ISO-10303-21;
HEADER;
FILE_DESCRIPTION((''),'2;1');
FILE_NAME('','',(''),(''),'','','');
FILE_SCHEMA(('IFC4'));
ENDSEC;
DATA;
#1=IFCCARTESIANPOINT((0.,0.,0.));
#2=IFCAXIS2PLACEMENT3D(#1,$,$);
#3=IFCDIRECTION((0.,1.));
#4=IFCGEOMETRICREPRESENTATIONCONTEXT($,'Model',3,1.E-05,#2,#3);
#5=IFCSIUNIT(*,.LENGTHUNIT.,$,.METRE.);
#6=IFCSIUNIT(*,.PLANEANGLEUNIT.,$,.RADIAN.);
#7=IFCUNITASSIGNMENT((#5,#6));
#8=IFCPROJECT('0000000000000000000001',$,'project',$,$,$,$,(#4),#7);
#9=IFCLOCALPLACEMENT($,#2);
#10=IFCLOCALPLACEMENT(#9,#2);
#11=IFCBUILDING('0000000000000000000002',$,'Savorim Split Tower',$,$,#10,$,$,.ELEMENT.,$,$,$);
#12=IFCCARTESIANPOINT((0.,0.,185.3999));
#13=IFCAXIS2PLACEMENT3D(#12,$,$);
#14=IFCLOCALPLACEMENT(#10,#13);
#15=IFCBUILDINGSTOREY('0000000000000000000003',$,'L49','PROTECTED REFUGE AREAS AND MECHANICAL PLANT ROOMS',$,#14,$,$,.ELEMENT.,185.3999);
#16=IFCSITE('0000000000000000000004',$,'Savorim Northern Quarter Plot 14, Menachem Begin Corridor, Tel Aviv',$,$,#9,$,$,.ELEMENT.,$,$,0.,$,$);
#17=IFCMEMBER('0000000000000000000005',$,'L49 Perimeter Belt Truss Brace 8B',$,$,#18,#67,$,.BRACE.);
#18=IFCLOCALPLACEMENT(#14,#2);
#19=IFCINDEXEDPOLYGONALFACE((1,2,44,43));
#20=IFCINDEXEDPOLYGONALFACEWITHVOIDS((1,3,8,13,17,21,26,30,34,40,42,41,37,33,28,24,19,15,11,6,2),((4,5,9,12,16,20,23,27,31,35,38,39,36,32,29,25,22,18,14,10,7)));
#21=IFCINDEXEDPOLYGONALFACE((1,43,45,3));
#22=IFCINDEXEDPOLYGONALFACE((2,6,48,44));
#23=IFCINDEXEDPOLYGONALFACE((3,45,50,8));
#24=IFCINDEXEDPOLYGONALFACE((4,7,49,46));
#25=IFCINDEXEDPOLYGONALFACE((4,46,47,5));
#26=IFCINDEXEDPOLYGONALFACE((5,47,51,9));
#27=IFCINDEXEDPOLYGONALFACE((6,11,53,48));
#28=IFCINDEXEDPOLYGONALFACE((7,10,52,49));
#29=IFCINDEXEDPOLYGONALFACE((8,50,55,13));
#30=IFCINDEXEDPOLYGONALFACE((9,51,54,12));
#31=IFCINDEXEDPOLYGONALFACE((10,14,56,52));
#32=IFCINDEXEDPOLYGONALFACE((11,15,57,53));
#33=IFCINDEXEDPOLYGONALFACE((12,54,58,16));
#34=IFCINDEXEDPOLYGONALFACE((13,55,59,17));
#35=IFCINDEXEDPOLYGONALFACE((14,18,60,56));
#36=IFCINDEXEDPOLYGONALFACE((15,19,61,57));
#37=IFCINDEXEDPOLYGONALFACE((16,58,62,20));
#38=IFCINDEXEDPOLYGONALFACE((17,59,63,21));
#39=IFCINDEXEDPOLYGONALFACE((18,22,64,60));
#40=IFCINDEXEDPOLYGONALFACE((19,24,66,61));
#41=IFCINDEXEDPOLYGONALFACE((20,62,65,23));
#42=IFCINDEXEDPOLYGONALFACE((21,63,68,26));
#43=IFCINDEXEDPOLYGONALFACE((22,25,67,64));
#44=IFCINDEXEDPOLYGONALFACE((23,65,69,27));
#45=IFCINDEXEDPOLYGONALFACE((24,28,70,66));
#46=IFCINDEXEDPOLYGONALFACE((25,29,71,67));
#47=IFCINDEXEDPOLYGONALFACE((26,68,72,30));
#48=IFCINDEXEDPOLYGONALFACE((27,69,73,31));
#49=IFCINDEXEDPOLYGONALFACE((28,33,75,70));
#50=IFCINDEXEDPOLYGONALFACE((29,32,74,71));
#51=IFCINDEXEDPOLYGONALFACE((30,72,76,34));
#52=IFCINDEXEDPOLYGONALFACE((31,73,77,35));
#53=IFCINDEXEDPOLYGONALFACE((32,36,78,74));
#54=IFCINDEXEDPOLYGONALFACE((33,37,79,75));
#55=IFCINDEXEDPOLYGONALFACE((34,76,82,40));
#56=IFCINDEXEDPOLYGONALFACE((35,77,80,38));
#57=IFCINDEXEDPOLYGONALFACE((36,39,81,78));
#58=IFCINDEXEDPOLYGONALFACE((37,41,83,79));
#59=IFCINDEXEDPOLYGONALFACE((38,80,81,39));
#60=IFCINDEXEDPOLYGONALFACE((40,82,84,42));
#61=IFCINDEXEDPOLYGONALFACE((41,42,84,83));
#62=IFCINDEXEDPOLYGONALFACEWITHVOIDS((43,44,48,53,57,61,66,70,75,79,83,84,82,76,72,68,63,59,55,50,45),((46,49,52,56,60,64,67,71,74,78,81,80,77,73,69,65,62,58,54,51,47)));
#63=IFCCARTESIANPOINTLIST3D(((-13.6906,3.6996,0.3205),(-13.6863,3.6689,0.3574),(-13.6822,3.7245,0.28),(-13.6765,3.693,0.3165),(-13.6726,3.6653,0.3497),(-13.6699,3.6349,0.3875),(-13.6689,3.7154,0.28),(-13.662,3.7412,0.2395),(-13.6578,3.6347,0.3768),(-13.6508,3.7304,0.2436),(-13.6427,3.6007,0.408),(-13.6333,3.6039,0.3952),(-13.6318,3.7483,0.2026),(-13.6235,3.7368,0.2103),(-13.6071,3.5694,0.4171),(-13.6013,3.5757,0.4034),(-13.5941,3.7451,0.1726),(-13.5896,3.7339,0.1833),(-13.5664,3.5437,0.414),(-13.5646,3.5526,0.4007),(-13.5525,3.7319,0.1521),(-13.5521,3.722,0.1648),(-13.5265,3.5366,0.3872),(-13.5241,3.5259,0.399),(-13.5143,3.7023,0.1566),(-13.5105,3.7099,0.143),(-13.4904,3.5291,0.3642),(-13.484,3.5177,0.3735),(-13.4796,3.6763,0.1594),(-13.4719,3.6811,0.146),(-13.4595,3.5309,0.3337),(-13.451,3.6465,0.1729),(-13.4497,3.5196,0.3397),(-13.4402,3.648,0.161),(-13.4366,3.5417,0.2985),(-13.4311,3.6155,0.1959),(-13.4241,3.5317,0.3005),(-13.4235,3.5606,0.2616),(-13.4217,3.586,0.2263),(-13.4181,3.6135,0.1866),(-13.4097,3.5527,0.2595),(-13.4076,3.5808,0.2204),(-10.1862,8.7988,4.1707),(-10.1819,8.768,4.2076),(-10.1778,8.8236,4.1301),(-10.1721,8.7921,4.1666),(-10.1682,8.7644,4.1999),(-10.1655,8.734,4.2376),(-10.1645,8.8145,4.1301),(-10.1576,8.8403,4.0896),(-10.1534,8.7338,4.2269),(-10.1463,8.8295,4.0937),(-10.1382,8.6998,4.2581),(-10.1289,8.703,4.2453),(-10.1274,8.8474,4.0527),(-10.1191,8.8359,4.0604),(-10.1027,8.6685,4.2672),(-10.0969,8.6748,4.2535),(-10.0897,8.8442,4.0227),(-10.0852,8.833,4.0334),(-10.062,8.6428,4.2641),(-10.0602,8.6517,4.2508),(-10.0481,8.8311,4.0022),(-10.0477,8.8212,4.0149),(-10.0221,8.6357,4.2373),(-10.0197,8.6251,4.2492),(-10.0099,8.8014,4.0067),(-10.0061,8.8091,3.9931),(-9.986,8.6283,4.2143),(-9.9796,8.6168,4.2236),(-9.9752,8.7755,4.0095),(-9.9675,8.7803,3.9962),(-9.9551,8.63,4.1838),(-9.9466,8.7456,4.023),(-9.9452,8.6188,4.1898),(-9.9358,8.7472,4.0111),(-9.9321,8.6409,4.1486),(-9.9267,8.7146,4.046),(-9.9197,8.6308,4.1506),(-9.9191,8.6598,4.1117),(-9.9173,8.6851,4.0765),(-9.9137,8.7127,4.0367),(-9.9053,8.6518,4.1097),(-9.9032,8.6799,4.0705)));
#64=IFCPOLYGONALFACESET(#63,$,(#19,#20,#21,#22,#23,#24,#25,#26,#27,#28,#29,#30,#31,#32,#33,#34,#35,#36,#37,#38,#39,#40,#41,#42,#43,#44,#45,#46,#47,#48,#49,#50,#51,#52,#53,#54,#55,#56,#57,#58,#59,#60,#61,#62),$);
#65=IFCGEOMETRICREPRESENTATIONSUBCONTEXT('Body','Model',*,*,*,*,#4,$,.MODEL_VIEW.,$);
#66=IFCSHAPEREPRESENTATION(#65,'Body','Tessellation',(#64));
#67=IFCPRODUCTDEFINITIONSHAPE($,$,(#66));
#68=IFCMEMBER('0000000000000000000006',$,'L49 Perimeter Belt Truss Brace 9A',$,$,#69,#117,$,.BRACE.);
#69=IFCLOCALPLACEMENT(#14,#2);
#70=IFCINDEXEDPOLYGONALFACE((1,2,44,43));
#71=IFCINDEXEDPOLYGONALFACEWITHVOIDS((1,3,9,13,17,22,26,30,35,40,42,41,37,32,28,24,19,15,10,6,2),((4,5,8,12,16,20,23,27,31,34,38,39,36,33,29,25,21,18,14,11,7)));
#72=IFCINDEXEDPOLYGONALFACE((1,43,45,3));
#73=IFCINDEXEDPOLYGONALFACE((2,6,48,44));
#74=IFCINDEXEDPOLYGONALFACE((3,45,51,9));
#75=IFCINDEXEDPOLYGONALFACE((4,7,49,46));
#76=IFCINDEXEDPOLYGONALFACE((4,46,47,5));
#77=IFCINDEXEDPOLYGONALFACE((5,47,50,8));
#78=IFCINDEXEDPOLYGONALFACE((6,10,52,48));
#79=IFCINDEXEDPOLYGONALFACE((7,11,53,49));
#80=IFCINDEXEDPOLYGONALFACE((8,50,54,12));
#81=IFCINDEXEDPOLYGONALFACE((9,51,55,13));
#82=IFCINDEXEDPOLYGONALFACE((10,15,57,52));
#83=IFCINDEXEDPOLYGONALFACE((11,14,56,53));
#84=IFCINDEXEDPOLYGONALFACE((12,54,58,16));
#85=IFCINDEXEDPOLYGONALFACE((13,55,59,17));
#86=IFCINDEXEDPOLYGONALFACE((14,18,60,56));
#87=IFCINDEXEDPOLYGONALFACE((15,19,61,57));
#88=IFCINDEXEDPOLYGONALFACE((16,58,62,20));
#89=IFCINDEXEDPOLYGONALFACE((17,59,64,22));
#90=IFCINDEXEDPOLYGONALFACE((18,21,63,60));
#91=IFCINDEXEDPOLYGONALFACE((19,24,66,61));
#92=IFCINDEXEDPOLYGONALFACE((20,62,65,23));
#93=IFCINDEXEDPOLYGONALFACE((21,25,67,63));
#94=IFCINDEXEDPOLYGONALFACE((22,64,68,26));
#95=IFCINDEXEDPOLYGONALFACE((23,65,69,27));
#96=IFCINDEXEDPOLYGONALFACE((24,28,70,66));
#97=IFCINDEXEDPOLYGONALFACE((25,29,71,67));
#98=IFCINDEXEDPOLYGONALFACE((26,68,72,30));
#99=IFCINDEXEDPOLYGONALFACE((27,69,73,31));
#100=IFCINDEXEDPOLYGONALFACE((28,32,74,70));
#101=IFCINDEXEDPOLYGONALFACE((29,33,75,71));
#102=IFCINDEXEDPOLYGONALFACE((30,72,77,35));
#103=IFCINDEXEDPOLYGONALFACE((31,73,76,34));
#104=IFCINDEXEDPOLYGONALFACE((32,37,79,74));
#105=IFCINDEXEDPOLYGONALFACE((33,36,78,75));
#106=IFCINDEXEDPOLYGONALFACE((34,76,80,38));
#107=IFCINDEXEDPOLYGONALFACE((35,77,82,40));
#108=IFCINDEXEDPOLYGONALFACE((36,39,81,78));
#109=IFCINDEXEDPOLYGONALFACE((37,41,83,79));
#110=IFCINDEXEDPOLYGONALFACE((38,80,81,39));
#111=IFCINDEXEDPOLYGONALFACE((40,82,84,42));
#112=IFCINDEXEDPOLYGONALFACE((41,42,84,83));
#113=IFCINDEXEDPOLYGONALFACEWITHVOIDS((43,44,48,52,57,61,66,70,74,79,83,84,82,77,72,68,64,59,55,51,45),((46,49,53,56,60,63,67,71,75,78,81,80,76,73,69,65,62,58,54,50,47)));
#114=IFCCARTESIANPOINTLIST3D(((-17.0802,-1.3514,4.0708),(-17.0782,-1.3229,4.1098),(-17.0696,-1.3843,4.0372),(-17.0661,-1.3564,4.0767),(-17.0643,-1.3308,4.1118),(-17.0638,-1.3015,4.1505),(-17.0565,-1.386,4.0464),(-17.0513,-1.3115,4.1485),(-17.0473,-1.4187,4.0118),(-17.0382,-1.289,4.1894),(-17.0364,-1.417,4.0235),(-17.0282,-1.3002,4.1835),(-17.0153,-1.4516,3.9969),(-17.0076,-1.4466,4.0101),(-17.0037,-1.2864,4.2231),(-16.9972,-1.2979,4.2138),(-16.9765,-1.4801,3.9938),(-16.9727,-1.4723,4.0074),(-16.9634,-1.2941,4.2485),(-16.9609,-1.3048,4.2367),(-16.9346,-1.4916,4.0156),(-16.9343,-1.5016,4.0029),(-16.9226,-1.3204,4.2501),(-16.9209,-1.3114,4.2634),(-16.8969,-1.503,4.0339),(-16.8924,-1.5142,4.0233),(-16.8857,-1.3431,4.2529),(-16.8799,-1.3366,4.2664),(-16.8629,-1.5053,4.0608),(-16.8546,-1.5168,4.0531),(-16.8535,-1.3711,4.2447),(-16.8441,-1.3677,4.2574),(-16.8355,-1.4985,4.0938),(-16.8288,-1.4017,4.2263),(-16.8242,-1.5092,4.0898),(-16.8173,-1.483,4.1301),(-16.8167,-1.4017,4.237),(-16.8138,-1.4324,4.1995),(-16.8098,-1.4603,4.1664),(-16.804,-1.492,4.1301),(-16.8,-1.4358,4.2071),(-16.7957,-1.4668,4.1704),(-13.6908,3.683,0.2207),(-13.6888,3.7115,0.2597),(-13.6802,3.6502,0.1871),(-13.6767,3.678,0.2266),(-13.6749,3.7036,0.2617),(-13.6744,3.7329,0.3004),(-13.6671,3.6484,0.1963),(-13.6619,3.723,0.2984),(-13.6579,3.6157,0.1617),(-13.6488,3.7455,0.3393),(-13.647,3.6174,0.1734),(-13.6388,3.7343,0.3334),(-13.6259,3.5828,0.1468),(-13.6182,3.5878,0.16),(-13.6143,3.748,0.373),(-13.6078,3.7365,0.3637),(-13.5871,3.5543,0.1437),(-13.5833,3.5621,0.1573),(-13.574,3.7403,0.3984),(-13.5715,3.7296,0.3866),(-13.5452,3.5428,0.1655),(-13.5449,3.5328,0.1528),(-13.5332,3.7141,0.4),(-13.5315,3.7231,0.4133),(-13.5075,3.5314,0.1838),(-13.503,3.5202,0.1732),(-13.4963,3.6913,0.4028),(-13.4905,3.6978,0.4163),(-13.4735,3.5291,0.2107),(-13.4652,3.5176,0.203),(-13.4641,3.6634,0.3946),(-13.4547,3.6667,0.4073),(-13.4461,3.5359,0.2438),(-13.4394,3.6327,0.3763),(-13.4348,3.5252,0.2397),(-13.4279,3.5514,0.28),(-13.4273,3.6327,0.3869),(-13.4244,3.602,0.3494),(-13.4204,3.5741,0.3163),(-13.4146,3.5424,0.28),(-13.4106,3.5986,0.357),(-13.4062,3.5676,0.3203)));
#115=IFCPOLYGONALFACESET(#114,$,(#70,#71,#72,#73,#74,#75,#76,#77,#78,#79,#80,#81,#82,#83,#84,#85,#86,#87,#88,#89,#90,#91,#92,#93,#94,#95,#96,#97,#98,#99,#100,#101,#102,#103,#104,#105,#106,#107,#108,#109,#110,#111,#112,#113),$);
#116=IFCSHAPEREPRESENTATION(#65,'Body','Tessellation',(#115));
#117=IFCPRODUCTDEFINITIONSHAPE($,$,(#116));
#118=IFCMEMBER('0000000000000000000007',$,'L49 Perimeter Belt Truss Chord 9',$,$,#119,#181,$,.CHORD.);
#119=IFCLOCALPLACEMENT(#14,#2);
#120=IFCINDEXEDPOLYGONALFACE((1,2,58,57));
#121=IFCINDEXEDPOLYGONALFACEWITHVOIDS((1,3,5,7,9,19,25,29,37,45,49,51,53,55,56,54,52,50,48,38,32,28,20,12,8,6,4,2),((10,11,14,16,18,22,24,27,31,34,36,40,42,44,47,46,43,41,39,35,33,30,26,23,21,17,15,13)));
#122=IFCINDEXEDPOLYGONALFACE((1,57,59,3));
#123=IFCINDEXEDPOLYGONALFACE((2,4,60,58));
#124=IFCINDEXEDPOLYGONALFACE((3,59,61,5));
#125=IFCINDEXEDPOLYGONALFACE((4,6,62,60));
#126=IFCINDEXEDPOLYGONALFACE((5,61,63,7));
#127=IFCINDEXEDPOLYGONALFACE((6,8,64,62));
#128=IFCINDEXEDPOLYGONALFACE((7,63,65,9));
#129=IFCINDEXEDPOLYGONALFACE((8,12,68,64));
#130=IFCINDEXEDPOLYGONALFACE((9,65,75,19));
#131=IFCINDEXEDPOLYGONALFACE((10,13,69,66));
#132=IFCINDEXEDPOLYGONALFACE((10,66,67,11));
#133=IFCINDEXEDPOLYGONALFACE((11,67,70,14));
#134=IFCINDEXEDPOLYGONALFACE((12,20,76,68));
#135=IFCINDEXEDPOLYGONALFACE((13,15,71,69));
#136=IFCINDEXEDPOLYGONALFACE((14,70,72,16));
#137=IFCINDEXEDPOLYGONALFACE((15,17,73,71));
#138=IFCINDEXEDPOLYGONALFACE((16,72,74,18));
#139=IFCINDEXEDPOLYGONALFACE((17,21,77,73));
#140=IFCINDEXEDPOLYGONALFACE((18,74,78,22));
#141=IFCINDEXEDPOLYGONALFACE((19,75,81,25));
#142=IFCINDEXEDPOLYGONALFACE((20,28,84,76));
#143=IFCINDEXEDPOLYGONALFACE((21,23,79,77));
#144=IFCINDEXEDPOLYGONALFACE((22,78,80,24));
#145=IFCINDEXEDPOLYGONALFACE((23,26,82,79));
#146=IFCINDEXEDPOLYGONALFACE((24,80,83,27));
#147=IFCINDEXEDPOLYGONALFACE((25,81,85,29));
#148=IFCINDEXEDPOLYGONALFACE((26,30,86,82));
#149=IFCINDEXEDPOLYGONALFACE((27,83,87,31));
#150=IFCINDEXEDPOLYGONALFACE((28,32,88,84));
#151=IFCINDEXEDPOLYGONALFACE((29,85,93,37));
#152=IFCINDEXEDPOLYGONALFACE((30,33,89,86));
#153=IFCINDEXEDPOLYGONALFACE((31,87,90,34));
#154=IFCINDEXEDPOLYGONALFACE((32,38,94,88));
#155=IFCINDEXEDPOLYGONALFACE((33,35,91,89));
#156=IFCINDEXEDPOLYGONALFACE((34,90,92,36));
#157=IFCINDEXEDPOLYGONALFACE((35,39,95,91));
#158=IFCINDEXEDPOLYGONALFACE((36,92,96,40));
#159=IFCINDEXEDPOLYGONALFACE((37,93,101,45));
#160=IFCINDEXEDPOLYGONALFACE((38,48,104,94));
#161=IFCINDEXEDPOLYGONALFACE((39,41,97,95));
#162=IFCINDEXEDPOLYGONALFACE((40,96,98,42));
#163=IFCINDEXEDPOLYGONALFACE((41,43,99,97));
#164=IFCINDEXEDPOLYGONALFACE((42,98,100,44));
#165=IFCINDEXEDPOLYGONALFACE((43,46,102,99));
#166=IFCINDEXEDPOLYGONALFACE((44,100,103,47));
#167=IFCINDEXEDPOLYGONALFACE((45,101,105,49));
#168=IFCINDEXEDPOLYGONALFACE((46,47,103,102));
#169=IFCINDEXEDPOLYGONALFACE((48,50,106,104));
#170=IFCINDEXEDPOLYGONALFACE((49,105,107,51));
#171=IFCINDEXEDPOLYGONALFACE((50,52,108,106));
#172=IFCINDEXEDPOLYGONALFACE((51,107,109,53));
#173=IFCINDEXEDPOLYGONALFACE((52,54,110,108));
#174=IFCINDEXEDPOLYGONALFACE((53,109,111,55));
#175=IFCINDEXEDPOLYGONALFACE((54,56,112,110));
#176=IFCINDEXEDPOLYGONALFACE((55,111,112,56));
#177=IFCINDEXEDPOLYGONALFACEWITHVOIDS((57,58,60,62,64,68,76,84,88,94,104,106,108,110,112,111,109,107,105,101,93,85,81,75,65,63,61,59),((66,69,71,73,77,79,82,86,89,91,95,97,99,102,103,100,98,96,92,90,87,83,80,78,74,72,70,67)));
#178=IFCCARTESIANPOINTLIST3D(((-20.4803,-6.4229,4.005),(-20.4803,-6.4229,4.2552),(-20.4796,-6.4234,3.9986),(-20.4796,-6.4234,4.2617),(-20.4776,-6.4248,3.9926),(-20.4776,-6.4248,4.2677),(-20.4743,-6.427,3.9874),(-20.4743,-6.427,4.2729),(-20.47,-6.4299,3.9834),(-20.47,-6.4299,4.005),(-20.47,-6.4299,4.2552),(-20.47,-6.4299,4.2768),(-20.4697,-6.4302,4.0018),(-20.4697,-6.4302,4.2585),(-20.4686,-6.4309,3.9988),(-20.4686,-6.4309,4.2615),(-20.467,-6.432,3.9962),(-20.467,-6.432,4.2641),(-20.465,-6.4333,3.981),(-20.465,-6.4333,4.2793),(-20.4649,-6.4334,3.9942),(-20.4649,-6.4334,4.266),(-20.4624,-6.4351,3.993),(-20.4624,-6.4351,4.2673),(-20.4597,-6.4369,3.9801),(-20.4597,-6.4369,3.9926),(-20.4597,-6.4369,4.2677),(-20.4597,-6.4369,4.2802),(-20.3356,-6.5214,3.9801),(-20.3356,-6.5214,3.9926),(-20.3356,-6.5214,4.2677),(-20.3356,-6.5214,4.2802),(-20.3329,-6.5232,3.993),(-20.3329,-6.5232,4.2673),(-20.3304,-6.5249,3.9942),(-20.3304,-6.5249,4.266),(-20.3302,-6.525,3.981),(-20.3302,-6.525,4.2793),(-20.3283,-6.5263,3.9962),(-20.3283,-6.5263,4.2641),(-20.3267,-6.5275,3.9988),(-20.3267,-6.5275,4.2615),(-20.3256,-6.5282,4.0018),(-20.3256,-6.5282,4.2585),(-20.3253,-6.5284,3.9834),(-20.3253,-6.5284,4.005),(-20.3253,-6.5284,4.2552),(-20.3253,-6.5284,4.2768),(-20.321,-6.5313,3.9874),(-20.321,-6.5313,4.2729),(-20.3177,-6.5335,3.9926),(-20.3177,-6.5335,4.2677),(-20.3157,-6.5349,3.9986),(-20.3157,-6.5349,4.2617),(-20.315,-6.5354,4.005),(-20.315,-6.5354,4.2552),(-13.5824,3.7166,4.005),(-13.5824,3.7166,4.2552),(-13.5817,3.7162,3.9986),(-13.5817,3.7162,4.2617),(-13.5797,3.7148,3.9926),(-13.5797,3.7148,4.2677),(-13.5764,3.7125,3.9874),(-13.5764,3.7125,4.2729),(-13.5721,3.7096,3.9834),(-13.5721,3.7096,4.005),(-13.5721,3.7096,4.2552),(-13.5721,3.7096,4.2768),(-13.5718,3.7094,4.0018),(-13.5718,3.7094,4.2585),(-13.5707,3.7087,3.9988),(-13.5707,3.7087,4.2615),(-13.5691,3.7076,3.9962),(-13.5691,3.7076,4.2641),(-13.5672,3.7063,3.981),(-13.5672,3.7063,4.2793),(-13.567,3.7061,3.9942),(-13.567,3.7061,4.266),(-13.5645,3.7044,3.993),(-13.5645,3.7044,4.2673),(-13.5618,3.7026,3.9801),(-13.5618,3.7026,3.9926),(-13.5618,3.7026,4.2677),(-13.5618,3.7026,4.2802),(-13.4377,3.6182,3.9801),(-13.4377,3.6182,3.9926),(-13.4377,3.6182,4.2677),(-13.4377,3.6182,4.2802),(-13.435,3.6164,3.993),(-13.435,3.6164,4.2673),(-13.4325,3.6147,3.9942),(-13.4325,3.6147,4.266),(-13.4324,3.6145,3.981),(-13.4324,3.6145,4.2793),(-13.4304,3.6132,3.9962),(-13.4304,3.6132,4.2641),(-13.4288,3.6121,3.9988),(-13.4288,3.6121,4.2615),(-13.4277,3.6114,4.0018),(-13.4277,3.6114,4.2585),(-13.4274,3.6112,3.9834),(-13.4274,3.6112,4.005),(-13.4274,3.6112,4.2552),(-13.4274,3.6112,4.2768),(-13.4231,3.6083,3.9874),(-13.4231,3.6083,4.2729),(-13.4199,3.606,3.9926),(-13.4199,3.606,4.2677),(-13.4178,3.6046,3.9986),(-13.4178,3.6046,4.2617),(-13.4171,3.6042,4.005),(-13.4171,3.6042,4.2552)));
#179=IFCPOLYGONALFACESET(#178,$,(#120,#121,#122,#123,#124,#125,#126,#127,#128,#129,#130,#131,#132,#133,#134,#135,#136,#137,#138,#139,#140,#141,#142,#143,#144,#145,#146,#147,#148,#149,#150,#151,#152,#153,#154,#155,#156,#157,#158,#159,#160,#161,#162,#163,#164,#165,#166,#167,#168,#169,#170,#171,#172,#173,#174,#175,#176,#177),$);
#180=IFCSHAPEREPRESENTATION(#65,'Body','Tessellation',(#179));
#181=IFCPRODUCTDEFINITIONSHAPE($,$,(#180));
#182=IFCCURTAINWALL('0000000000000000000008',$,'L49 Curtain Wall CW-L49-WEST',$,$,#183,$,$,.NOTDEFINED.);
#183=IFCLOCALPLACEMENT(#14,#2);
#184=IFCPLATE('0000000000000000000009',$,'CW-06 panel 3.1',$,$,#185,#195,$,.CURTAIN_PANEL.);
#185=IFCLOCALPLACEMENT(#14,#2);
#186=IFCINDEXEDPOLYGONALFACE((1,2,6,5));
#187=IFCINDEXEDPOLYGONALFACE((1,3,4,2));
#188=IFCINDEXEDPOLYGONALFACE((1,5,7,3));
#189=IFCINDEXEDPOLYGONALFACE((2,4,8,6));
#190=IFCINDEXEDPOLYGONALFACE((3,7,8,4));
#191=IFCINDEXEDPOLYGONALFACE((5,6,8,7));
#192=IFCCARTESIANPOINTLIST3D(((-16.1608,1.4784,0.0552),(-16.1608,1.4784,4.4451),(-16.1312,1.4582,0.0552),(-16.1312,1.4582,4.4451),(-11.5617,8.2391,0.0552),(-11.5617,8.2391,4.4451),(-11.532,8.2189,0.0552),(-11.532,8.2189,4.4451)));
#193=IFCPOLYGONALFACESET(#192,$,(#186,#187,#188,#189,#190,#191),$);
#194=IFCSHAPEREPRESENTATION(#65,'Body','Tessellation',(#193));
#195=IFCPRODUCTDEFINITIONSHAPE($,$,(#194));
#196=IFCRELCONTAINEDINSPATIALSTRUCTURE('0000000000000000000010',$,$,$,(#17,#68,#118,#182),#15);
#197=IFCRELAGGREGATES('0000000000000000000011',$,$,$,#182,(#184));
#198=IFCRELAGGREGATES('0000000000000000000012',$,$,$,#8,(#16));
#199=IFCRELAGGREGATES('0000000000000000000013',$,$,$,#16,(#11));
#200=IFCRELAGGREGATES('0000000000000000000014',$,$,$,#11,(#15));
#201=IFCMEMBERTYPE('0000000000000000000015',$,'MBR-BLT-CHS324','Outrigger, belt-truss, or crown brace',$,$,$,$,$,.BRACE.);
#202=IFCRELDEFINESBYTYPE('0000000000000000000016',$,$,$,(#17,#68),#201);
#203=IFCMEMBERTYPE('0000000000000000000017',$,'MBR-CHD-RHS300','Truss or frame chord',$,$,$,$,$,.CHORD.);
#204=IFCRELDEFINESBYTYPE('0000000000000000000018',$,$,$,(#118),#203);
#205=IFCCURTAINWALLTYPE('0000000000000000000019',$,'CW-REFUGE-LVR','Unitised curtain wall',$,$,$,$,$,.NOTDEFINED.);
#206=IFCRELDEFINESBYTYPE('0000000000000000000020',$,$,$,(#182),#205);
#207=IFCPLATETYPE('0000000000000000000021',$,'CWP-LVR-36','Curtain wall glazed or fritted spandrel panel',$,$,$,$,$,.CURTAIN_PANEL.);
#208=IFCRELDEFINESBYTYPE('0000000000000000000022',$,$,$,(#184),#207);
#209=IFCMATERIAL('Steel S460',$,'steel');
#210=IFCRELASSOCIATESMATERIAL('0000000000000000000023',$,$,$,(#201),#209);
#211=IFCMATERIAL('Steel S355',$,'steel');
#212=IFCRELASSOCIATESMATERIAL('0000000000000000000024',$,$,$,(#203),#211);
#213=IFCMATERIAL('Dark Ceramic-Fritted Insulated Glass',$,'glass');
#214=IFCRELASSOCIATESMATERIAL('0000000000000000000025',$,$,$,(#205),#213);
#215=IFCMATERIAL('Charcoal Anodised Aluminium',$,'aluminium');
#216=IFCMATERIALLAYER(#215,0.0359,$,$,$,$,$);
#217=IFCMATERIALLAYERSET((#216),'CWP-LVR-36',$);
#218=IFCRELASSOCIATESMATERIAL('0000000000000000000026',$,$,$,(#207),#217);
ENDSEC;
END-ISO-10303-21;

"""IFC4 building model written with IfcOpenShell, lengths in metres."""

from ifc_helpers import new_model, si_unit, direction, frame, origin, origin_2d, place, context, subcontext, project, spatial, rectangle, hollow_rectangle, hollow_circle, extrude, material, layer, layer_set, material_profile, profile_set, type_object, element, aggregate, save


model = new_model("IFC4")

# Units and contexts
model_context = context("Model", 3, precision=1e-05, world=origin(), true_north=direction((0.0, 1.0)))
body_context = subcontext(model_context, "Body", "Model", "MODEL_VIEW")
ifc_project = project(units=[si_unit("LENGTHUNIT", "METRE"), si_unit("PLANEANGLEUNIT", "RADIAN")], contexts=[model_context])

# Site, building, storey
site_placement = place(None, origin())
site = spatial("IfcSite", under=ifc_project, at=site_placement, Name="Savorim Northern Quarter Plot 14, Menachem Begin Corridor, Tel Aviv", CompositionType="ELEMENT", RefElevation=0.0)
building_placement = place(site_placement, origin())
building = spatial("IfcBuilding", under=site, at=building_placement, Name="Savorim Split Tower", CompositionType="ELEMENT")
storey_placement = place(building_placement, frame((0.0, 0.0, 185.3999)))
storey = spatial("IfcBuildingStorey", under=building, at=storey_placement, Name="L49", Description="PROTECTED REFUGE AREAS AND MECHANICAL PLANT ROOMS", CompositionType="ELEMENT", Elevation=185.3999)

# Shared definitions
ifc_material_1 = material(Name="Steel S355", Category="steel")

# Members
ifc_material_2 = material(Name="Steel S460", Category="steel")
ifc_material_profile_1 = material_profile(ifc_material_2, hollow_circle(Radius=0.1619, WallThickness=0.0161, at=origin_2d()), Name="CHS 323.9x16")
ifc_profile_set_1 = profile_set([ifc_material_profile_1], Name="Steel S460")
member_type_1 = type_object("IfcMemberType", Name="MBR-BLT-CHS324", Description="Outrigger, belt-truss, or crown brace", PredefinedType="BRACE", material=ifc_profile_set_1)
member_1_placement = place(storey_placement, frame((-13.5488, 3.6328, 0.28), z_axis=(0.480889, 0.699725, 0.528328), x_axis=(-0.824136, 0.566391, 0.0)))
element("IfcMember", 1, at=member_1_placement, inside=storey, type_object=member_type_1, Name="L49 Perimeter Belt Truss Brace 8B", PredefinedType="BRACE", context=body_context, shape_type="SweptSolid", body=[
    extrude(hollow_circle(Radius=0.1619, WallThickness=0.0161, at=origin_2d()), origin(), (0.0, 0.0, 1.0), 7.2874),
])
member_2_placement = place(storey_placement, frame((-13.5488, 3.6328, 0.28), z_axis=(-0.471585, -0.700465, 0.535683), x_axis=(0.829523, -0.558473, 0.0)))
element("IfcMember", 2, at=member_2_placement, inside=storey, type_object=member_type_1, Name="L49 Perimeter Belt Truss Brace 9A", PredefinedType="BRACE", context=body_context, shape_type="SweptSolid", body=[
    extrude(hollow_circle(Radius=0.1619, WallThickness=0.0161, at=origin_2d()), origin(), (0.0, 0.0, 1.0), 7.1873),
])
ifc_material_profile_2 = material_profile(ifc_material_1, hollow_rectangle(XDim=0.2, YDim=0.3, WallThickness=0.0125, InnerFilletRadius=0.0125, OuterFilletRadius=0.0249, at=origin_2d()), Name="RHS 300x200x12.5")
ifc_profile_set_2 = profile_set([ifc_material_profile_2], Name="Steel S355")
member_type_2 = type_object("IfcMemberType", Name="MBR-CHD-RHS300", Description="Truss or frame chord", PredefinedType="CHORD", material=ifc_profile_set_2)
member_3_placement = place(storey_placement, frame((-13.4998, 3.6604, 4.1301), z_axis=(-0.562477, -0.826813, 0.0), x_axis=(0.826813, -0.562477, 0.0)))
element("IfcMember", 3, at=member_3_placement, inside=storey, type_object=member_type_2, Name="L49 Perimeter Belt Truss Chord 9", PredefinedType="CHORD", context=body_context, shape_type="SweptSolid", body=[
    extrude(hollow_rectangle(XDim=0.2, YDim=0.3, WallThickness=0.0125, InnerFilletRadius=0.0125, OuterFilletRadius=0.0249, at=origin_2d()), origin(), (0.0, 0.0, 1.0), 12.2634),
])

# Curtain wall, plate
ifc_material_3 = material(Name="Dark Ceramic-Fritted Insulated Glass", Category="glass")
curtain_wall_type = type_object("IfcCurtainWallType", Name="CW-REFUGE-LVR", Description="Unitised curtain wall", PredefinedType="NOTDEFINED", material=ifc_material_3)
curtain_wall_placement = place(storey_placement, origin())
curtain_wall = element("IfcCurtainWall", 4, at=curtain_wall_placement, inside=storey, type_object=curtain_wall_type, Name="L49 Curtain Wall CW-L49-WEST", PredefinedType="NOTDEFINED")
ifc_material_4 = material(Name="Charcoal Anodised Aluminium", Category="aluminium")
ifc_layer_1 = layer(ifc_material_4, 0.0359)
ifc_layer_set_1 = layer_set([ifc_layer_1], Name="CWP-LVR-36")
plate_type_1 = type_object("IfcPlateType", Name="CWP-LVR-36", Description="Curtain wall glazed or fritted spandrel panel", PredefinedType="CURTAIN_PANEL", material=ifc_layer_set_1)
plate_placement = place(storey_placement, frame((-13.8464, 4.8486, 0.0552), z_axis=(0.0, 0.0, 1.0), x_axis=(-0.562466, -0.82682, 0.0)))
plate = element("IfcPlate", 5, at=plate_placement, type_object=plate_type_1, Name="CW-06 panel 3.1", PredefinedType="CURTAIN_PANEL", context=body_context, shape_type="SweptSolid", body=[
    extrude(rectangle(XDim=8.1768, YDim=0.0359, at=origin_2d()), origin(), (0.0, 0.0, 1.0), 4.3899),
])
aggregate(curtain_wall, [plate])

save(model, "model.ifc")
